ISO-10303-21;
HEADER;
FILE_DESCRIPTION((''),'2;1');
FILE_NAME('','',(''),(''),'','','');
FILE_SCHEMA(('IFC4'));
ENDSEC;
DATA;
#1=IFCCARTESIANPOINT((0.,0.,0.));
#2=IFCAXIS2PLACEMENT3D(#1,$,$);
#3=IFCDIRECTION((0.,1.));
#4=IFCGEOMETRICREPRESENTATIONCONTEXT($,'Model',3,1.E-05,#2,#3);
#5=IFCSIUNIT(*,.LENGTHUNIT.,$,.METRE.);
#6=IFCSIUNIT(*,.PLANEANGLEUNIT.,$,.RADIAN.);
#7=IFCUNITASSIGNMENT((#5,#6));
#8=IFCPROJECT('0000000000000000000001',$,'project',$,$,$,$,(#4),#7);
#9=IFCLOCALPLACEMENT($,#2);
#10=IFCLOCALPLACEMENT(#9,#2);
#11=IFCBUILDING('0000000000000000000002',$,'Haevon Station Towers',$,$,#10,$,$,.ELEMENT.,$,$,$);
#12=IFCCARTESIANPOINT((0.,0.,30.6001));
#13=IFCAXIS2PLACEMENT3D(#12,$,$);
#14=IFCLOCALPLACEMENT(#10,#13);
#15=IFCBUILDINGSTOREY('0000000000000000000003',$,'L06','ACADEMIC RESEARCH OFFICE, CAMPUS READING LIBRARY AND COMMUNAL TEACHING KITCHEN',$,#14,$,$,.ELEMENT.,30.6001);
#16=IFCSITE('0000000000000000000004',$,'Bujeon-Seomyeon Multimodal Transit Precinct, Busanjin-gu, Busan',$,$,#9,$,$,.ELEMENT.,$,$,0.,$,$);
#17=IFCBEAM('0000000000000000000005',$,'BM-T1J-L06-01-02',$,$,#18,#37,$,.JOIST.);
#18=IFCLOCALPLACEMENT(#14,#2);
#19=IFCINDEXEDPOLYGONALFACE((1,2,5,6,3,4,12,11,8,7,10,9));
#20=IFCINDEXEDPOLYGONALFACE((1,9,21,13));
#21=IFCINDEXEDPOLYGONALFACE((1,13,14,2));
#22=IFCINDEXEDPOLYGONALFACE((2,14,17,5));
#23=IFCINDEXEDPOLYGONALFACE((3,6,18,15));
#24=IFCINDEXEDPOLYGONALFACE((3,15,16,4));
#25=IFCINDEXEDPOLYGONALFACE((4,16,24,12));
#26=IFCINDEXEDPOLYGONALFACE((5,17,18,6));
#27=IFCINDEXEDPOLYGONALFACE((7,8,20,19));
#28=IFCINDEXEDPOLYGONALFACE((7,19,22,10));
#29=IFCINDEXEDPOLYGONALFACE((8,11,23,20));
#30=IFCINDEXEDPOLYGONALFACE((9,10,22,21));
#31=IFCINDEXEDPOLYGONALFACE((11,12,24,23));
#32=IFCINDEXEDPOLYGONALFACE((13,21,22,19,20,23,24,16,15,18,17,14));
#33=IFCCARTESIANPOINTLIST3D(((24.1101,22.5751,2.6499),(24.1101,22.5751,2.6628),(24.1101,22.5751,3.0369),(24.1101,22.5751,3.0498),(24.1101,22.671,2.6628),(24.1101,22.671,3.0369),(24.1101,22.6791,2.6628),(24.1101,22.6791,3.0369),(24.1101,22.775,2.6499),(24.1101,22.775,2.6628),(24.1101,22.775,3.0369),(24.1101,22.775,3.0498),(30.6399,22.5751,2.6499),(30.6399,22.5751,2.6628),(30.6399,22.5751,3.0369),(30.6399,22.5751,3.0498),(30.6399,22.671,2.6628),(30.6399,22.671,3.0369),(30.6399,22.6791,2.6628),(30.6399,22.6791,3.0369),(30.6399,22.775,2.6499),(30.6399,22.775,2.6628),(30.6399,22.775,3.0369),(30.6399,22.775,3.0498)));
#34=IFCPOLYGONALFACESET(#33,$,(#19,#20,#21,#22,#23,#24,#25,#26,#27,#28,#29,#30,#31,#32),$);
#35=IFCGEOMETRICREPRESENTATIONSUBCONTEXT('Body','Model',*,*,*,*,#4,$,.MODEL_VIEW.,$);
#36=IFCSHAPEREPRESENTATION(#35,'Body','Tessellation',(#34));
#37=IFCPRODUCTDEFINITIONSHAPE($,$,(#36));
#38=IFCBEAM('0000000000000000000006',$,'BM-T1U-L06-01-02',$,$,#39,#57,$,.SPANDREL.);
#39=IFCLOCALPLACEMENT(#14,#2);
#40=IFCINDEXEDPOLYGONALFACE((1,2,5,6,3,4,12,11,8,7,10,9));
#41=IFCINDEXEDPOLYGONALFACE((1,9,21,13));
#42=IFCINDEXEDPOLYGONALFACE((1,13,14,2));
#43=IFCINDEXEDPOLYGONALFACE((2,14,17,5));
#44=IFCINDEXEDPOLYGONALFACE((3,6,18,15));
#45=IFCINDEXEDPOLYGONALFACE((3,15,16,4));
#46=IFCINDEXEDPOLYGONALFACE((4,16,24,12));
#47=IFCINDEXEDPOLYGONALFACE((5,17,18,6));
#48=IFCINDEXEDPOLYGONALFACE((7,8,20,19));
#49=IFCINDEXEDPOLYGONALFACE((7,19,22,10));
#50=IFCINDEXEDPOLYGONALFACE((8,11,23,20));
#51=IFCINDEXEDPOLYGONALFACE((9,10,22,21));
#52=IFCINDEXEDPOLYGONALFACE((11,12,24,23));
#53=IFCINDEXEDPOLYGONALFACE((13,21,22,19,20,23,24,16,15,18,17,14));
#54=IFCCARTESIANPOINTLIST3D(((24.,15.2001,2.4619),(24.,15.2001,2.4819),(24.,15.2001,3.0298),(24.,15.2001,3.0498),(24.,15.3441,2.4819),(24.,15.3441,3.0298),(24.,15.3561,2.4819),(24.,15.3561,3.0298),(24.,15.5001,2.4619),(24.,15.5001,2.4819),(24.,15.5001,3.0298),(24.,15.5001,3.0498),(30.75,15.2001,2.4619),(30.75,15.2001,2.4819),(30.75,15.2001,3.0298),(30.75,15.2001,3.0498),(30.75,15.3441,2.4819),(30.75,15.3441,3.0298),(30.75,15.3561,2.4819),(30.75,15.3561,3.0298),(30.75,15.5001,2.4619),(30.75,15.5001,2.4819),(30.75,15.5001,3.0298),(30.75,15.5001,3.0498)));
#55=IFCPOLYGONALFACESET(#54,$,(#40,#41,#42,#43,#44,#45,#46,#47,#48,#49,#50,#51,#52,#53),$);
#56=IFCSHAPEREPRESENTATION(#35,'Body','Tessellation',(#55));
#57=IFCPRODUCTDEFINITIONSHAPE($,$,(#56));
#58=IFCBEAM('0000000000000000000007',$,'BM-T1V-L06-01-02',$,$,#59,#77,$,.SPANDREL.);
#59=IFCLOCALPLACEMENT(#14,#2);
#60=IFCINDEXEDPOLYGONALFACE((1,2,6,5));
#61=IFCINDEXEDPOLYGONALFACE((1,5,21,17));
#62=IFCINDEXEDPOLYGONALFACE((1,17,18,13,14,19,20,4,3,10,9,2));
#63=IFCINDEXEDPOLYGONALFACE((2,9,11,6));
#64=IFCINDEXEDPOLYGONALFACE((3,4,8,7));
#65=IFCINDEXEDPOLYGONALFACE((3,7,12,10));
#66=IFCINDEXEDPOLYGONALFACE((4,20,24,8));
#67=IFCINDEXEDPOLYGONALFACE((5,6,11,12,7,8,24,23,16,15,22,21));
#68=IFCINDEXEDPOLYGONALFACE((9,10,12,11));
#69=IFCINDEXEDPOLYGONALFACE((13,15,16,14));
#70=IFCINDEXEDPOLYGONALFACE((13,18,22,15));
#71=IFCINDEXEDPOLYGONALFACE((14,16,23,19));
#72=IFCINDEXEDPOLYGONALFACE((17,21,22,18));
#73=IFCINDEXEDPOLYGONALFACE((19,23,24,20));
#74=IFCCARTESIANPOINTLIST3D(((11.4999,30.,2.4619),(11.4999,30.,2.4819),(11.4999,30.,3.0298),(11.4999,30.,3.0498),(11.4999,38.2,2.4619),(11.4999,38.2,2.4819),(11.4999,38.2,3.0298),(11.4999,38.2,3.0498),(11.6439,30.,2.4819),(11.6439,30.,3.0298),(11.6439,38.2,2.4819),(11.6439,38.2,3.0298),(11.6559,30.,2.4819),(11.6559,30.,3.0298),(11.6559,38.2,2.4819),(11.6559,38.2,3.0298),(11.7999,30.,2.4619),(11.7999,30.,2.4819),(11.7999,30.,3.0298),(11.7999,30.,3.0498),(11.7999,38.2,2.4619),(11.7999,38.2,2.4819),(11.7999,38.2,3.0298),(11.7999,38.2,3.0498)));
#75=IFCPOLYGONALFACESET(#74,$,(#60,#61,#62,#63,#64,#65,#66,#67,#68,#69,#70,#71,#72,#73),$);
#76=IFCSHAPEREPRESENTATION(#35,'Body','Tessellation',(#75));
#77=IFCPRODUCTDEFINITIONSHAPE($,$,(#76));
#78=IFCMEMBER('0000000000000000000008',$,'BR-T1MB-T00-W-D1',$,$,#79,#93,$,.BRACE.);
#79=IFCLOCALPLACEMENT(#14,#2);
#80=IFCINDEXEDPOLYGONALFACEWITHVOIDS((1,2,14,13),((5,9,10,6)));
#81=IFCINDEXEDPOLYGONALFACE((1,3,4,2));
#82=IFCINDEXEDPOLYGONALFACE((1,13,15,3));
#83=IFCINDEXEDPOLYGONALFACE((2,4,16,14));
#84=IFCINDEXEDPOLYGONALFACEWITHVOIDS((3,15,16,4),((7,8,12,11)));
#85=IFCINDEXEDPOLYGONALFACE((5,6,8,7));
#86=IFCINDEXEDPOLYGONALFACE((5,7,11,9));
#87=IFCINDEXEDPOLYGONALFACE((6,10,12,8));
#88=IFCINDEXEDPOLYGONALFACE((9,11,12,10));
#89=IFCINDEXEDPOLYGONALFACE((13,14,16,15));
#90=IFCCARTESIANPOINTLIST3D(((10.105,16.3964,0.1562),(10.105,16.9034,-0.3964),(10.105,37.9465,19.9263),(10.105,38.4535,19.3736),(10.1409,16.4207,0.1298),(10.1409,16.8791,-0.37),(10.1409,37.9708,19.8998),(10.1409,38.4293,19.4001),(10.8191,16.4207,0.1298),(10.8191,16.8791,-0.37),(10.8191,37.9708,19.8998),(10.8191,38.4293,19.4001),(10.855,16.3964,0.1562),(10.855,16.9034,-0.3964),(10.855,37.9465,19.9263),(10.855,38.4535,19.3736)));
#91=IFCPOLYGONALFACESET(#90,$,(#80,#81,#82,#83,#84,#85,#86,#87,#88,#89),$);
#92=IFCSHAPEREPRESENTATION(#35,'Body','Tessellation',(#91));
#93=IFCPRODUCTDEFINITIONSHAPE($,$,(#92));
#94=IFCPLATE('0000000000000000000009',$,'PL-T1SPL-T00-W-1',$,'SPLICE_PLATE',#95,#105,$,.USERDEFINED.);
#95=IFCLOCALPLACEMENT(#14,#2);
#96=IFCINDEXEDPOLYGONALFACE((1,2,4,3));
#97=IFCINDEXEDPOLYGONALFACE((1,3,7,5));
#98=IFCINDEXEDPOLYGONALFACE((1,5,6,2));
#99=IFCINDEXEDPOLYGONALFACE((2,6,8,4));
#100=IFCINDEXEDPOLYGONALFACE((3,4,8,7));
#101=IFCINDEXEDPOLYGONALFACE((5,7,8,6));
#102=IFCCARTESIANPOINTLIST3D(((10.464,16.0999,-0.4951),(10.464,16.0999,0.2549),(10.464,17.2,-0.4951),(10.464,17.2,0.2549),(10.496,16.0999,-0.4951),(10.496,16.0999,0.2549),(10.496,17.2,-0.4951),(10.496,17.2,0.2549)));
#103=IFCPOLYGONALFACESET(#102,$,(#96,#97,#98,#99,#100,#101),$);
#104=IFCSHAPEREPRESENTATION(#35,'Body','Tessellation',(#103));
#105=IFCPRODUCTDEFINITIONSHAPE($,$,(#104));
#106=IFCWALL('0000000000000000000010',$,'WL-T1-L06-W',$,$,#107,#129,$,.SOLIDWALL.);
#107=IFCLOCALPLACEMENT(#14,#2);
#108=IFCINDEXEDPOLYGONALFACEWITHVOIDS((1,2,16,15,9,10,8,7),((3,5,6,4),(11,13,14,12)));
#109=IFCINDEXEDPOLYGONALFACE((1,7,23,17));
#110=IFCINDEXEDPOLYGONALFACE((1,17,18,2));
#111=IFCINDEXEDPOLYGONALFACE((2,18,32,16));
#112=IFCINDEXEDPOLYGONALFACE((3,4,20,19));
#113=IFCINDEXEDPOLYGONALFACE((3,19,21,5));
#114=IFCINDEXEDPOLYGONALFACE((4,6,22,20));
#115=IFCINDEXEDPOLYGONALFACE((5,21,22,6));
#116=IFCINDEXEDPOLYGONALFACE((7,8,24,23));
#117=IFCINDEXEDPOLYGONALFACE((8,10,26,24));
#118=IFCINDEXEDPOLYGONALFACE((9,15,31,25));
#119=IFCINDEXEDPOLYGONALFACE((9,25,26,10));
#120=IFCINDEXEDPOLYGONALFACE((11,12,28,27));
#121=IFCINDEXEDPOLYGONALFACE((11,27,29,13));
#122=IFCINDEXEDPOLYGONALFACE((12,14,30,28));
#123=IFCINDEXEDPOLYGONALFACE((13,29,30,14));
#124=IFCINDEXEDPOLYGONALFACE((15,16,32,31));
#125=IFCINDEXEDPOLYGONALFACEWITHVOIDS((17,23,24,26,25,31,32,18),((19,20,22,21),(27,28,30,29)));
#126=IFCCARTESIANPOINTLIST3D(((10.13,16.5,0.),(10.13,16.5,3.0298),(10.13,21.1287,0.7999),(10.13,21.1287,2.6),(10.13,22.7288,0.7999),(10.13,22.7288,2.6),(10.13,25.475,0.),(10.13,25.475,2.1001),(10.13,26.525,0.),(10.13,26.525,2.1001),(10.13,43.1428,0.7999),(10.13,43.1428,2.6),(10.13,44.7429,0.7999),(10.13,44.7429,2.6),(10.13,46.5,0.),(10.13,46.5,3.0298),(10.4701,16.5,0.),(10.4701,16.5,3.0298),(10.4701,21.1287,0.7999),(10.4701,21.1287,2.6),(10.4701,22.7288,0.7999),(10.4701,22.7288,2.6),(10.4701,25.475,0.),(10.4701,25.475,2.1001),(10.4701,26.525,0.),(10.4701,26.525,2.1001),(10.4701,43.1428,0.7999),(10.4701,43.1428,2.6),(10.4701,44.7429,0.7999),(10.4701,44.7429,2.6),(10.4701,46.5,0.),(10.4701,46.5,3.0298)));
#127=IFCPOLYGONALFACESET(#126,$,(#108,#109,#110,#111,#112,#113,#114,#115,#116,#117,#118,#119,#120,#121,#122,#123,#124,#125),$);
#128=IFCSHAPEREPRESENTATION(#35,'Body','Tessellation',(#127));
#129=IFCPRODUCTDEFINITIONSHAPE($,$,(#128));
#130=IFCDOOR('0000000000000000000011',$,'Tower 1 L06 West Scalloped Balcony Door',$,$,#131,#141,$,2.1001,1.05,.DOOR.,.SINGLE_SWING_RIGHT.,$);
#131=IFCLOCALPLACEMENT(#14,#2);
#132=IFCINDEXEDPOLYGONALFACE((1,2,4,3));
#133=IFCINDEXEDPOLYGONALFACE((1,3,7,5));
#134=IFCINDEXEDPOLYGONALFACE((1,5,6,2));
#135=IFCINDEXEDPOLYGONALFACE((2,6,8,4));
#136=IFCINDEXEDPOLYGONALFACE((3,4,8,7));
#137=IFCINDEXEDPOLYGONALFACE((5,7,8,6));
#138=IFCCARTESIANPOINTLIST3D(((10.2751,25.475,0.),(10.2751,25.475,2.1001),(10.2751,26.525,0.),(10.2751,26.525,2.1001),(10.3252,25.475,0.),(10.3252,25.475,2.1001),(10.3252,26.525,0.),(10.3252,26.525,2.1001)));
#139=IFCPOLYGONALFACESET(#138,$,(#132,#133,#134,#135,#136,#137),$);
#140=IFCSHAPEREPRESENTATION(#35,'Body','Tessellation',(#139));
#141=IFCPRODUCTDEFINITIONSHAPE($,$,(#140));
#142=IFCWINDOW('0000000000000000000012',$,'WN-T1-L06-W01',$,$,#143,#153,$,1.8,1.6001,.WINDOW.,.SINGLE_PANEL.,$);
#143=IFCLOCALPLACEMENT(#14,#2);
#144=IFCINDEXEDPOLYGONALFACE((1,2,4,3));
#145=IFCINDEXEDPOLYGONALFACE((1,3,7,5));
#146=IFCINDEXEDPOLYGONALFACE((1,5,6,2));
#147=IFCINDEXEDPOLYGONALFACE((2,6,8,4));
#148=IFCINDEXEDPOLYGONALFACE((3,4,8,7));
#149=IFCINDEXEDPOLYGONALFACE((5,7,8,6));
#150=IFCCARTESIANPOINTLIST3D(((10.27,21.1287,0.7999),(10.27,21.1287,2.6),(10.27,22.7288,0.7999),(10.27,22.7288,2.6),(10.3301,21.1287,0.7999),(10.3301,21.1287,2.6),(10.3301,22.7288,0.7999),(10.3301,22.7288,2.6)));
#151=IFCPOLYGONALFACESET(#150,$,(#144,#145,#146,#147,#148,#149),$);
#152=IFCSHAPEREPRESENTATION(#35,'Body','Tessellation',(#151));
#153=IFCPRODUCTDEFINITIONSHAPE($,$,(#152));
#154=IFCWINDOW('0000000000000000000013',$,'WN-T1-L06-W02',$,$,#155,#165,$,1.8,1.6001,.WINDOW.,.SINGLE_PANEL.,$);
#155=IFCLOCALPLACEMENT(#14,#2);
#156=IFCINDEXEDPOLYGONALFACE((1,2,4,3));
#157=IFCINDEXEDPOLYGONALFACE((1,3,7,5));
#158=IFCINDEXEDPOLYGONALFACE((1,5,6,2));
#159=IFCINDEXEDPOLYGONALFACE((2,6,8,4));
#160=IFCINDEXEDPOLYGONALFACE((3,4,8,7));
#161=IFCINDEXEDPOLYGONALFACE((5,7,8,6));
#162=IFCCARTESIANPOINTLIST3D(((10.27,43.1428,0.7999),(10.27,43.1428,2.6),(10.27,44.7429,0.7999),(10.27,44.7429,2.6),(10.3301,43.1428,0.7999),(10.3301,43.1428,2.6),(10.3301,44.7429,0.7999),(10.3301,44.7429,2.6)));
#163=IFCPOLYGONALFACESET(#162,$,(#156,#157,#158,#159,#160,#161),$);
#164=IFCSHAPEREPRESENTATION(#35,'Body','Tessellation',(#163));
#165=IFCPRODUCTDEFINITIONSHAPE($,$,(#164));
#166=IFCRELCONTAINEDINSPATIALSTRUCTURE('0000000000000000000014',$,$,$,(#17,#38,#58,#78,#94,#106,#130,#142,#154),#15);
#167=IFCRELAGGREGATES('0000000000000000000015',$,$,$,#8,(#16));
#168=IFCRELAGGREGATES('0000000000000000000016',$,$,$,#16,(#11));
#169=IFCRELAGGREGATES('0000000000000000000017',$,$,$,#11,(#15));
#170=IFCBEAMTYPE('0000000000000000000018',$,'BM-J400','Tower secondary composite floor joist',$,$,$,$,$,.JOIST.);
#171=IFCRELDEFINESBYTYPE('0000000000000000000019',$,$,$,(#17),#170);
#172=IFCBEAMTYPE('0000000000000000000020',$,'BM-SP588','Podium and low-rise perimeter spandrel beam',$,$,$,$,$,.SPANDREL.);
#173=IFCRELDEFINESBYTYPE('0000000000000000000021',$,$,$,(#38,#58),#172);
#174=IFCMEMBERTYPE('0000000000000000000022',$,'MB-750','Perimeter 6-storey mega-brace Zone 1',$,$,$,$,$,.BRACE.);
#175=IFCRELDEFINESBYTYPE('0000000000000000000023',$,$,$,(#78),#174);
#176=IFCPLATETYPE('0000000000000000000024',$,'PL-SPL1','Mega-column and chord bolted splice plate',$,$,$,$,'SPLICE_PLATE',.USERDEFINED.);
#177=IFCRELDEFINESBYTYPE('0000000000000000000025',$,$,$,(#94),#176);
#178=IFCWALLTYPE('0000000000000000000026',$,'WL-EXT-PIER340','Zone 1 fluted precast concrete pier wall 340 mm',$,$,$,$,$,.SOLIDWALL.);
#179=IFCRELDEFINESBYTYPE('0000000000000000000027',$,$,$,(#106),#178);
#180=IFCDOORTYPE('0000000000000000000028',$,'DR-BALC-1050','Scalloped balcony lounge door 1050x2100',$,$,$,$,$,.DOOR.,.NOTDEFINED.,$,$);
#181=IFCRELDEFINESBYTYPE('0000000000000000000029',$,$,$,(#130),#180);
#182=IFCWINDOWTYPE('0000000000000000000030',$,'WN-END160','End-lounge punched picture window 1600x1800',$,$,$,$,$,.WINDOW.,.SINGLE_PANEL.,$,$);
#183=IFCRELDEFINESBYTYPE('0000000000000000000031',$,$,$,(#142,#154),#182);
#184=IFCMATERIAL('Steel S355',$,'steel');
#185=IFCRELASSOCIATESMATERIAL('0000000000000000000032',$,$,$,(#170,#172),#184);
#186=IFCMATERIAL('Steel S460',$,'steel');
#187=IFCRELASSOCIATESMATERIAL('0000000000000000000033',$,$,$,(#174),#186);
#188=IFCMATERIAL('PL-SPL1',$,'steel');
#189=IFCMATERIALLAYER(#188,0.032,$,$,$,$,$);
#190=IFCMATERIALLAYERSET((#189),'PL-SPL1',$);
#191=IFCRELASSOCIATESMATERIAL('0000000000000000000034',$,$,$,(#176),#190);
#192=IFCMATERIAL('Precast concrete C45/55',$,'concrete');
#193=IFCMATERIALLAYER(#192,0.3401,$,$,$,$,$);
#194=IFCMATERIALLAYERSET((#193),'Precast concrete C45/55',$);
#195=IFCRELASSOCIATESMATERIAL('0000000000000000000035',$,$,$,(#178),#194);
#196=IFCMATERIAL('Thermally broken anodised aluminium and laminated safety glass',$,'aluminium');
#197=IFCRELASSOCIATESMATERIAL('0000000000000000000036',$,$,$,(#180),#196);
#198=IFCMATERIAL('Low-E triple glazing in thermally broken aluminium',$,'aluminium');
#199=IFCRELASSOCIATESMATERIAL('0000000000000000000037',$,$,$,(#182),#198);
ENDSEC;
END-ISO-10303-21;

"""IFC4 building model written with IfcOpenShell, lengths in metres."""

from ifc_helpers import new_model, si_unit, direction, frame, frame_2d, origin, origin_2d, place, context, subcontext, project, spatial, rectangle, hollow_rectangle, i_section, extrude, material, layer, layer_set, material_profile, profile_set, type_object, element, fill, save


model = new_model("IFC4")

# Units and contexts
model_context = context("Model", 3, precision=1e-05, world=origin(), true_north=direction((0.0, 1.0)))
body_context = subcontext(model_context, "Body", "Model", "MODEL_VIEW")
ifc_project = project(units=[si_unit("LENGTHUNIT", "METRE"), si_unit("PLANEANGLEUNIT", "RADIAN")], contexts=[model_context])

# Site, building, storey
site_placement = place(None, origin())
site = spatial("IfcSite", under=ifc_project, at=site_placement, Name="Bujeon-Seomyeon Multimodal Transit Precinct, Busanjin-gu, Busan", CompositionType="ELEMENT", RefElevation=0.0)
building_placement = place(site_placement, origin())
building = spatial("IfcBuilding", under=site, at=building_placement, Name="Haevon Station Towers", CompositionType="ELEMENT")
storey_placement = place(building_placement, frame((0.0, 0.0, 30.6001)))
storey = spatial("IfcBuildingStorey", under=building, at=storey_placement, Name="L06", Description="ACADEMIC RESEARCH OFFICE, CAMPUS READING LIBRARY AND COMMUNAL TEACHING KITCHEN", CompositionType="ELEMENT", Elevation=30.6001)

# Shared definitions
ifc_material_1 = material(Name="Steel S460", Category="steel")

# Beams
ifc_material_2 = material(Name="Steel S355", Category="steel")
ifc_material_profile_1 = material_profile(ifc_material_2, i_section(OverallWidth=0.2, OverallDepth=0.3999, WebThickness=0.0081, FlangeThickness=0.0129, at=origin_2d()), Name="H-400x200x8x13")
ifc_profile_set_1 = profile_set([ifc_material_profile_1], Name="Steel S355")
beam_type_1 = type_object("IfcBeamType", Name="BM-J400", Description="Tower secondary composite floor joist", PredefinedType="JOIST", material=ifc_profile_set_1)
beam_1_placement = place(storey_placement, frame((24.1101, 22.675, 2.8499), z_axis=(1.0, 0.0, 0.0), x_axis=(0.0, 1.0, 0.0)))
element("IfcBeam", 1, at=beam_1_placement, inside=storey, type_object=beam_type_1, Name="BM-T1J-L06-01-02", PredefinedType="JOIST", context=body_context, shape_type="SweptSolid", body=[
    extrude(i_section(OverallWidth=0.2, OverallDepth=0.3999, WebThickness=0.0081, FlangeThickness=0.0129, at=origin_2d()), origin(), (0.0, 0.0, 1.0), 6.5298),
])
ifc_material_profile_2 = material_profile(ifc_material_2, i_section(OverallWidth=0.3, OverallDepth=0.5879, WebThickness=0.012, FlangeThickness=0.02, at=origin_2d()), Name="H-588x300x12x20")
ifc_profile_set_2 = profile_set([ifc_material_profile_2], Name="Steel S355")
beam_type_2 = type_object("IfcBeamType", Name="BM-SP588", Description="Podium and low-rise perimeter spandrel beam", PredefinedType="SPANDREL", material=ifc_profile_set_2)
beam_2_placement = place(storey_placement, frame((24.0, 15.3501, 2.7559), z_axis=(1.0, 0.0, 0.0), x_axis=(0.0, 1.0, 0.0)))
element("IfcBeam", 2, at=beam_2_placement, inside=storey, type_object=beam_type_2, Name="BM-T1U-L06-01-02", PredefinedType="SPANDREL", context=body_context, shape_type="SweptSolid", body=[
    extrude(i_section(OverallWidth=0.3, OverallDepth=0.5879, WebThickness=0.012, FlangeThickness=0.02, at=origin_2d()), origin(), (0.0, 0.0, 1.0), 6.75),
])
beam_3_placement = place(storey_placement, frame((11.6499, 30.0, 2.7559), z_axis=(0.0, 1.0, 0.0), x_axis=(-1.0, 0.0, 0.0)))
element("IfcBeam", 3, at=beam_3_placement, inside=storey, type_object=beam_type_2, Name="BM-T1V-L06-01-02", PredefinedType="SPANDREL", context=body_context, shape_type="SweptSolid", body=[
    extrude(i_section(OverallWidth=0.3, OverallDepth=0.5879, WebThickness=0.012, FlangeThickness=0.02, at=origin_2d()), origin(), (0.0, 0.0, 1.0), 8.2),
])

# Member
ifc_material_profile_3 = material_profile(ifc_material_1, hollow_rectangle(XDim=0.75, YDim=0.75, WallThickness=0.0359, at=origin_2d()), Name="RHS-750x750x36")
ifc_profile_set_3 = profile_set([ifc_material_profile_3], Name="Steel S460")
member_type = type_object("IfcMemberType", Name="MB-750", Description="Perimeter 6-storey mega-brace Zone 1", PredefinedType="BRACE", material=ifc_profile_set_3)
member_placement = place(storey_placement, frame((10.48, 16.6499, -0.1201), z_axis=(0.0, 0.736885, 0.676018), x_axis=(-1.0, 0.0, 0.0)))
element("IfcMember", 4, at=member_placement, inside=storey, type_object=member_type, Name="BR-T1MB-T00-W-D1", PredefinedType="BRACE", context=body_context, shape_type="SweptSolid", body=[
    extrude(hollow_rectangle(XDim=0.75, YDim=0.75, WallThickness=0.0359, at=origin_2d()), origin(), (0.0, 0.0, 1.0), 29.2449),
])

# Plate
ifc_material_3 = material(Name="PL-SPL1", Category="steel")
ifc_layer_1 = layer(ifc_material_3, 0.032)
ifc_layer_set_1 = layer_set([ifc_layer_1], Name="PL-SPL1")
plate_type = type_object("IfcPlateType", Name="PL-SPL1", Description="Mega-column and chord bolted splice plate", ElementType="SPLICE_PLATE", PredefinedType="USERDEFINED", material=ifc_layer_set_1)
plate_placement = place(storey_placement, frame((10.48, 16.6499, -0.4951), z_axis=(0.0, 0.0, 1.0), x_axis=(0.0, 1.0, 0.0)))
element("IfcPlate", 5, at=plate_placement, inside=storey, type_object=plate_type, Name="PL-T1SPL-T00-W-1", ObjectType="SPLICE_PLATE", PredefinedType="USERDEFINED", context=body_context, shape_type="SweptSolid", body=[
    extrude(rectangle(XDim=1.1001, YDim=0.032, at=origin_2d()), origin(), (0.0, 0.0, 1.0), 0.75),
])

# Wall, openings, door, windows
ifc_material_4 = material(Name="Precast concrete C45/55", Category="concrete")
ifc_layer_2 = layer(ifc_material_4, 0.3401)
ifc_layer_set_2 = layer_set([ifc_layer_2], Name="Precast concrete C45/55")
wall_type_1 = type_object("IfcWallType", Name="WL-EXT-PIER340", Description="Zone 1 fluted precast concrete pier wall 340 mm", PredefinedType="SOLIDWALL", material=ifc_layer_set_2)
wall_1_placement = place(storey_placement, frame((10.3, 16.5, 0.0), z_axis=(0.0, 0.0, 1.0), x_axis=(0.0, 1.0, 0.0)))
wall_1 = element("IfcWall", 6, at=wall_1_placement, inside=storey, type_object=wall_type_1, Name="WL-T1-L06-W", PredefinedType="SOLIDWALL", context=body_context, shape_type="SweptSolid", body=[
    extrude(rectangle(XDim=30.0, YDim=0.3401, at=frame_2d((15.0, 0.0))), origin(), (0.0, 0.0, 1.0), 3.0298),
])
opening_1_placement = place(wall_1_placement, frame((8.9751, 0.0, 0.0)))
opening_1 = element("IfcOpeningElement", 7, at=opening_1_placement, cuts=wall_1, PredefinedType="OPENING", context=body_context, shape_type="SweptSolid", body=[
    extrude(rectangle(XDim=1.05, YDim=2.1001, at=frame_2d((0.5249, 1.05))), frame((0.0, 0.1799, 0.0), z_axis=(0.0, -1.0, 0.0), x_axis=(1.0, 0.0, 0.0)), (0.0, 0.0, 1.0), 0.3601),
])
opening_2_placement = place(wall_1_placement, frame((4.6287, 0.0, 0.8)))
opening_2 = element("IfcOpeningElement", 8, at=opening_2_placement, cuts=wall_1, PredefinedType="OPENING", context=body_context, shape_type="SweptSolid", body=[
    extrude(rectangle(XDim=1.6001, YDim=1.8, at=frame_2d((0.8, 0.8999))), frame((0.0, 0.1799, 0.0), z_axis=(0.0, -1.0, 0.0), x_axis=(1.0, 0.0, 0.0)), (0.0, 0.0, 1.0), 0.3601),
])
opening_3_placement = place(wall_1_placement, frame((26.6428, 0.0, 0.8)))
opening_3 = element("IfcOpeningElement", 9, at=opening_3_placement, cuts=wall_1, PredefinedType="OPENING", context=body_context, shape_type="SweptSolid", body=[
    extrude(rectangle(XDim=1.6001, YDim=1.8, at=frame_2d((0.8, 0.8999))), frame((0.0, 0.1799, 0.0), z_axis=(0.0, -1.0, 0.0), x_axis=(1.0, 0.0, 0.0)), (0.0, 0.0, 1.0), 0.3601),
])
ifc_material_5 = material(Name="Thermally broken anodised aluminium and laminated safety glass", Category="aluminium")
door_type = type_object("IfcDoorType", Name="DR-BALC-1050", Description="Scalloped balcony lounge door 1050x2100", OperationType="NOTDEFINED", PredefinedType="DOOR", material=ifc_material_5)
door_placement = place(opening_1_placement, origin())
door = element("IfcDoor", 10, at=door_placement, inside=storey, type_object=door_type, Name="Tower 1 L06 West Scalloped Balcony Door", OperationType="SINGLE_SWING_RIGHT", OverallHeight=2.1001, OverallWidth=1.05, PredefinedType="DOOR", context=body_context, shape_type="SweptSolid", body=[
    extrude(rectangle(XDim=1.05, YDim=2.1001, at=frame_2d((0.5249, 1.05))), frame((0.0, 0.0249, 0.0), z_axis=(0.0, -1.0, 0.0), x_axis=(1.0, 0.0, 0.0)), (0.0, 0.0, 1.0), 0.05),
])
fill(opening_1, door)
ifc_material_6 = material(Name="Low-E triple glazing in thermally broken aluminium", Category="aluminium")
window_type = type_object("IfcWindowType", Name="WN-END160", Description="End-lounge punched picture window 1600x1800", PartitioningType="SINGLE_PANEL", PredefinedType="WINDOW", material=ifc_material_6)
window_1_placement = place(opening_2_placement, origin())
window_1 = element("IfcWindow", 11, at=window_1_placement, inside=storey, type_object=window_type, Name="WN-T1-L06-W01", OverallHeight=1.8, OverallWidth=1.6001, PartitioningType="SINGLE_PANEL", PredefinedType="WINDOW", context=body_context, shape_type="SweptSolid", body=[
    extrude(rectangle(XDim=1.6001, YDim=1.8, at=frame_2d((0.8, 0.8999))), frame((0.0, 0.03, 0.0), z_axis=(0.0, -1.0, 0.0), x_axis=(1.0, 0.0, 0.0)), (0.0, 0.0, 1.0), 0.0601),
])
fill(opening_2, window_1)
window_2_placement = place(opening_3_placement, origin())
window_2 = element("IfcWindow", 12, at=window_2_placement, inside=storey, type_object=window_type, Name="WN-T1-L06-W02", OverallHeight=1.8, OverallWidth=1.6001, PartitioningType="SINGLE_PANEL", PredefinedType="WINDOW", context=body_context, shape_type="SweptSolid", body=[
    extrude(rectangle(XDim=1.6001, YDim=1.8, at=frame_2d((0.8, 0.8999))), frame((0.0, 0.03, 0.0), z_axis=(0.0, -1.0, 0.0), x_axis=(1.0, 0.0, 0.0)), (0.0, 0.0, 1.0), 0.0601),
])
fill(opening_3, window_2)

save(model, "model.ifc")
